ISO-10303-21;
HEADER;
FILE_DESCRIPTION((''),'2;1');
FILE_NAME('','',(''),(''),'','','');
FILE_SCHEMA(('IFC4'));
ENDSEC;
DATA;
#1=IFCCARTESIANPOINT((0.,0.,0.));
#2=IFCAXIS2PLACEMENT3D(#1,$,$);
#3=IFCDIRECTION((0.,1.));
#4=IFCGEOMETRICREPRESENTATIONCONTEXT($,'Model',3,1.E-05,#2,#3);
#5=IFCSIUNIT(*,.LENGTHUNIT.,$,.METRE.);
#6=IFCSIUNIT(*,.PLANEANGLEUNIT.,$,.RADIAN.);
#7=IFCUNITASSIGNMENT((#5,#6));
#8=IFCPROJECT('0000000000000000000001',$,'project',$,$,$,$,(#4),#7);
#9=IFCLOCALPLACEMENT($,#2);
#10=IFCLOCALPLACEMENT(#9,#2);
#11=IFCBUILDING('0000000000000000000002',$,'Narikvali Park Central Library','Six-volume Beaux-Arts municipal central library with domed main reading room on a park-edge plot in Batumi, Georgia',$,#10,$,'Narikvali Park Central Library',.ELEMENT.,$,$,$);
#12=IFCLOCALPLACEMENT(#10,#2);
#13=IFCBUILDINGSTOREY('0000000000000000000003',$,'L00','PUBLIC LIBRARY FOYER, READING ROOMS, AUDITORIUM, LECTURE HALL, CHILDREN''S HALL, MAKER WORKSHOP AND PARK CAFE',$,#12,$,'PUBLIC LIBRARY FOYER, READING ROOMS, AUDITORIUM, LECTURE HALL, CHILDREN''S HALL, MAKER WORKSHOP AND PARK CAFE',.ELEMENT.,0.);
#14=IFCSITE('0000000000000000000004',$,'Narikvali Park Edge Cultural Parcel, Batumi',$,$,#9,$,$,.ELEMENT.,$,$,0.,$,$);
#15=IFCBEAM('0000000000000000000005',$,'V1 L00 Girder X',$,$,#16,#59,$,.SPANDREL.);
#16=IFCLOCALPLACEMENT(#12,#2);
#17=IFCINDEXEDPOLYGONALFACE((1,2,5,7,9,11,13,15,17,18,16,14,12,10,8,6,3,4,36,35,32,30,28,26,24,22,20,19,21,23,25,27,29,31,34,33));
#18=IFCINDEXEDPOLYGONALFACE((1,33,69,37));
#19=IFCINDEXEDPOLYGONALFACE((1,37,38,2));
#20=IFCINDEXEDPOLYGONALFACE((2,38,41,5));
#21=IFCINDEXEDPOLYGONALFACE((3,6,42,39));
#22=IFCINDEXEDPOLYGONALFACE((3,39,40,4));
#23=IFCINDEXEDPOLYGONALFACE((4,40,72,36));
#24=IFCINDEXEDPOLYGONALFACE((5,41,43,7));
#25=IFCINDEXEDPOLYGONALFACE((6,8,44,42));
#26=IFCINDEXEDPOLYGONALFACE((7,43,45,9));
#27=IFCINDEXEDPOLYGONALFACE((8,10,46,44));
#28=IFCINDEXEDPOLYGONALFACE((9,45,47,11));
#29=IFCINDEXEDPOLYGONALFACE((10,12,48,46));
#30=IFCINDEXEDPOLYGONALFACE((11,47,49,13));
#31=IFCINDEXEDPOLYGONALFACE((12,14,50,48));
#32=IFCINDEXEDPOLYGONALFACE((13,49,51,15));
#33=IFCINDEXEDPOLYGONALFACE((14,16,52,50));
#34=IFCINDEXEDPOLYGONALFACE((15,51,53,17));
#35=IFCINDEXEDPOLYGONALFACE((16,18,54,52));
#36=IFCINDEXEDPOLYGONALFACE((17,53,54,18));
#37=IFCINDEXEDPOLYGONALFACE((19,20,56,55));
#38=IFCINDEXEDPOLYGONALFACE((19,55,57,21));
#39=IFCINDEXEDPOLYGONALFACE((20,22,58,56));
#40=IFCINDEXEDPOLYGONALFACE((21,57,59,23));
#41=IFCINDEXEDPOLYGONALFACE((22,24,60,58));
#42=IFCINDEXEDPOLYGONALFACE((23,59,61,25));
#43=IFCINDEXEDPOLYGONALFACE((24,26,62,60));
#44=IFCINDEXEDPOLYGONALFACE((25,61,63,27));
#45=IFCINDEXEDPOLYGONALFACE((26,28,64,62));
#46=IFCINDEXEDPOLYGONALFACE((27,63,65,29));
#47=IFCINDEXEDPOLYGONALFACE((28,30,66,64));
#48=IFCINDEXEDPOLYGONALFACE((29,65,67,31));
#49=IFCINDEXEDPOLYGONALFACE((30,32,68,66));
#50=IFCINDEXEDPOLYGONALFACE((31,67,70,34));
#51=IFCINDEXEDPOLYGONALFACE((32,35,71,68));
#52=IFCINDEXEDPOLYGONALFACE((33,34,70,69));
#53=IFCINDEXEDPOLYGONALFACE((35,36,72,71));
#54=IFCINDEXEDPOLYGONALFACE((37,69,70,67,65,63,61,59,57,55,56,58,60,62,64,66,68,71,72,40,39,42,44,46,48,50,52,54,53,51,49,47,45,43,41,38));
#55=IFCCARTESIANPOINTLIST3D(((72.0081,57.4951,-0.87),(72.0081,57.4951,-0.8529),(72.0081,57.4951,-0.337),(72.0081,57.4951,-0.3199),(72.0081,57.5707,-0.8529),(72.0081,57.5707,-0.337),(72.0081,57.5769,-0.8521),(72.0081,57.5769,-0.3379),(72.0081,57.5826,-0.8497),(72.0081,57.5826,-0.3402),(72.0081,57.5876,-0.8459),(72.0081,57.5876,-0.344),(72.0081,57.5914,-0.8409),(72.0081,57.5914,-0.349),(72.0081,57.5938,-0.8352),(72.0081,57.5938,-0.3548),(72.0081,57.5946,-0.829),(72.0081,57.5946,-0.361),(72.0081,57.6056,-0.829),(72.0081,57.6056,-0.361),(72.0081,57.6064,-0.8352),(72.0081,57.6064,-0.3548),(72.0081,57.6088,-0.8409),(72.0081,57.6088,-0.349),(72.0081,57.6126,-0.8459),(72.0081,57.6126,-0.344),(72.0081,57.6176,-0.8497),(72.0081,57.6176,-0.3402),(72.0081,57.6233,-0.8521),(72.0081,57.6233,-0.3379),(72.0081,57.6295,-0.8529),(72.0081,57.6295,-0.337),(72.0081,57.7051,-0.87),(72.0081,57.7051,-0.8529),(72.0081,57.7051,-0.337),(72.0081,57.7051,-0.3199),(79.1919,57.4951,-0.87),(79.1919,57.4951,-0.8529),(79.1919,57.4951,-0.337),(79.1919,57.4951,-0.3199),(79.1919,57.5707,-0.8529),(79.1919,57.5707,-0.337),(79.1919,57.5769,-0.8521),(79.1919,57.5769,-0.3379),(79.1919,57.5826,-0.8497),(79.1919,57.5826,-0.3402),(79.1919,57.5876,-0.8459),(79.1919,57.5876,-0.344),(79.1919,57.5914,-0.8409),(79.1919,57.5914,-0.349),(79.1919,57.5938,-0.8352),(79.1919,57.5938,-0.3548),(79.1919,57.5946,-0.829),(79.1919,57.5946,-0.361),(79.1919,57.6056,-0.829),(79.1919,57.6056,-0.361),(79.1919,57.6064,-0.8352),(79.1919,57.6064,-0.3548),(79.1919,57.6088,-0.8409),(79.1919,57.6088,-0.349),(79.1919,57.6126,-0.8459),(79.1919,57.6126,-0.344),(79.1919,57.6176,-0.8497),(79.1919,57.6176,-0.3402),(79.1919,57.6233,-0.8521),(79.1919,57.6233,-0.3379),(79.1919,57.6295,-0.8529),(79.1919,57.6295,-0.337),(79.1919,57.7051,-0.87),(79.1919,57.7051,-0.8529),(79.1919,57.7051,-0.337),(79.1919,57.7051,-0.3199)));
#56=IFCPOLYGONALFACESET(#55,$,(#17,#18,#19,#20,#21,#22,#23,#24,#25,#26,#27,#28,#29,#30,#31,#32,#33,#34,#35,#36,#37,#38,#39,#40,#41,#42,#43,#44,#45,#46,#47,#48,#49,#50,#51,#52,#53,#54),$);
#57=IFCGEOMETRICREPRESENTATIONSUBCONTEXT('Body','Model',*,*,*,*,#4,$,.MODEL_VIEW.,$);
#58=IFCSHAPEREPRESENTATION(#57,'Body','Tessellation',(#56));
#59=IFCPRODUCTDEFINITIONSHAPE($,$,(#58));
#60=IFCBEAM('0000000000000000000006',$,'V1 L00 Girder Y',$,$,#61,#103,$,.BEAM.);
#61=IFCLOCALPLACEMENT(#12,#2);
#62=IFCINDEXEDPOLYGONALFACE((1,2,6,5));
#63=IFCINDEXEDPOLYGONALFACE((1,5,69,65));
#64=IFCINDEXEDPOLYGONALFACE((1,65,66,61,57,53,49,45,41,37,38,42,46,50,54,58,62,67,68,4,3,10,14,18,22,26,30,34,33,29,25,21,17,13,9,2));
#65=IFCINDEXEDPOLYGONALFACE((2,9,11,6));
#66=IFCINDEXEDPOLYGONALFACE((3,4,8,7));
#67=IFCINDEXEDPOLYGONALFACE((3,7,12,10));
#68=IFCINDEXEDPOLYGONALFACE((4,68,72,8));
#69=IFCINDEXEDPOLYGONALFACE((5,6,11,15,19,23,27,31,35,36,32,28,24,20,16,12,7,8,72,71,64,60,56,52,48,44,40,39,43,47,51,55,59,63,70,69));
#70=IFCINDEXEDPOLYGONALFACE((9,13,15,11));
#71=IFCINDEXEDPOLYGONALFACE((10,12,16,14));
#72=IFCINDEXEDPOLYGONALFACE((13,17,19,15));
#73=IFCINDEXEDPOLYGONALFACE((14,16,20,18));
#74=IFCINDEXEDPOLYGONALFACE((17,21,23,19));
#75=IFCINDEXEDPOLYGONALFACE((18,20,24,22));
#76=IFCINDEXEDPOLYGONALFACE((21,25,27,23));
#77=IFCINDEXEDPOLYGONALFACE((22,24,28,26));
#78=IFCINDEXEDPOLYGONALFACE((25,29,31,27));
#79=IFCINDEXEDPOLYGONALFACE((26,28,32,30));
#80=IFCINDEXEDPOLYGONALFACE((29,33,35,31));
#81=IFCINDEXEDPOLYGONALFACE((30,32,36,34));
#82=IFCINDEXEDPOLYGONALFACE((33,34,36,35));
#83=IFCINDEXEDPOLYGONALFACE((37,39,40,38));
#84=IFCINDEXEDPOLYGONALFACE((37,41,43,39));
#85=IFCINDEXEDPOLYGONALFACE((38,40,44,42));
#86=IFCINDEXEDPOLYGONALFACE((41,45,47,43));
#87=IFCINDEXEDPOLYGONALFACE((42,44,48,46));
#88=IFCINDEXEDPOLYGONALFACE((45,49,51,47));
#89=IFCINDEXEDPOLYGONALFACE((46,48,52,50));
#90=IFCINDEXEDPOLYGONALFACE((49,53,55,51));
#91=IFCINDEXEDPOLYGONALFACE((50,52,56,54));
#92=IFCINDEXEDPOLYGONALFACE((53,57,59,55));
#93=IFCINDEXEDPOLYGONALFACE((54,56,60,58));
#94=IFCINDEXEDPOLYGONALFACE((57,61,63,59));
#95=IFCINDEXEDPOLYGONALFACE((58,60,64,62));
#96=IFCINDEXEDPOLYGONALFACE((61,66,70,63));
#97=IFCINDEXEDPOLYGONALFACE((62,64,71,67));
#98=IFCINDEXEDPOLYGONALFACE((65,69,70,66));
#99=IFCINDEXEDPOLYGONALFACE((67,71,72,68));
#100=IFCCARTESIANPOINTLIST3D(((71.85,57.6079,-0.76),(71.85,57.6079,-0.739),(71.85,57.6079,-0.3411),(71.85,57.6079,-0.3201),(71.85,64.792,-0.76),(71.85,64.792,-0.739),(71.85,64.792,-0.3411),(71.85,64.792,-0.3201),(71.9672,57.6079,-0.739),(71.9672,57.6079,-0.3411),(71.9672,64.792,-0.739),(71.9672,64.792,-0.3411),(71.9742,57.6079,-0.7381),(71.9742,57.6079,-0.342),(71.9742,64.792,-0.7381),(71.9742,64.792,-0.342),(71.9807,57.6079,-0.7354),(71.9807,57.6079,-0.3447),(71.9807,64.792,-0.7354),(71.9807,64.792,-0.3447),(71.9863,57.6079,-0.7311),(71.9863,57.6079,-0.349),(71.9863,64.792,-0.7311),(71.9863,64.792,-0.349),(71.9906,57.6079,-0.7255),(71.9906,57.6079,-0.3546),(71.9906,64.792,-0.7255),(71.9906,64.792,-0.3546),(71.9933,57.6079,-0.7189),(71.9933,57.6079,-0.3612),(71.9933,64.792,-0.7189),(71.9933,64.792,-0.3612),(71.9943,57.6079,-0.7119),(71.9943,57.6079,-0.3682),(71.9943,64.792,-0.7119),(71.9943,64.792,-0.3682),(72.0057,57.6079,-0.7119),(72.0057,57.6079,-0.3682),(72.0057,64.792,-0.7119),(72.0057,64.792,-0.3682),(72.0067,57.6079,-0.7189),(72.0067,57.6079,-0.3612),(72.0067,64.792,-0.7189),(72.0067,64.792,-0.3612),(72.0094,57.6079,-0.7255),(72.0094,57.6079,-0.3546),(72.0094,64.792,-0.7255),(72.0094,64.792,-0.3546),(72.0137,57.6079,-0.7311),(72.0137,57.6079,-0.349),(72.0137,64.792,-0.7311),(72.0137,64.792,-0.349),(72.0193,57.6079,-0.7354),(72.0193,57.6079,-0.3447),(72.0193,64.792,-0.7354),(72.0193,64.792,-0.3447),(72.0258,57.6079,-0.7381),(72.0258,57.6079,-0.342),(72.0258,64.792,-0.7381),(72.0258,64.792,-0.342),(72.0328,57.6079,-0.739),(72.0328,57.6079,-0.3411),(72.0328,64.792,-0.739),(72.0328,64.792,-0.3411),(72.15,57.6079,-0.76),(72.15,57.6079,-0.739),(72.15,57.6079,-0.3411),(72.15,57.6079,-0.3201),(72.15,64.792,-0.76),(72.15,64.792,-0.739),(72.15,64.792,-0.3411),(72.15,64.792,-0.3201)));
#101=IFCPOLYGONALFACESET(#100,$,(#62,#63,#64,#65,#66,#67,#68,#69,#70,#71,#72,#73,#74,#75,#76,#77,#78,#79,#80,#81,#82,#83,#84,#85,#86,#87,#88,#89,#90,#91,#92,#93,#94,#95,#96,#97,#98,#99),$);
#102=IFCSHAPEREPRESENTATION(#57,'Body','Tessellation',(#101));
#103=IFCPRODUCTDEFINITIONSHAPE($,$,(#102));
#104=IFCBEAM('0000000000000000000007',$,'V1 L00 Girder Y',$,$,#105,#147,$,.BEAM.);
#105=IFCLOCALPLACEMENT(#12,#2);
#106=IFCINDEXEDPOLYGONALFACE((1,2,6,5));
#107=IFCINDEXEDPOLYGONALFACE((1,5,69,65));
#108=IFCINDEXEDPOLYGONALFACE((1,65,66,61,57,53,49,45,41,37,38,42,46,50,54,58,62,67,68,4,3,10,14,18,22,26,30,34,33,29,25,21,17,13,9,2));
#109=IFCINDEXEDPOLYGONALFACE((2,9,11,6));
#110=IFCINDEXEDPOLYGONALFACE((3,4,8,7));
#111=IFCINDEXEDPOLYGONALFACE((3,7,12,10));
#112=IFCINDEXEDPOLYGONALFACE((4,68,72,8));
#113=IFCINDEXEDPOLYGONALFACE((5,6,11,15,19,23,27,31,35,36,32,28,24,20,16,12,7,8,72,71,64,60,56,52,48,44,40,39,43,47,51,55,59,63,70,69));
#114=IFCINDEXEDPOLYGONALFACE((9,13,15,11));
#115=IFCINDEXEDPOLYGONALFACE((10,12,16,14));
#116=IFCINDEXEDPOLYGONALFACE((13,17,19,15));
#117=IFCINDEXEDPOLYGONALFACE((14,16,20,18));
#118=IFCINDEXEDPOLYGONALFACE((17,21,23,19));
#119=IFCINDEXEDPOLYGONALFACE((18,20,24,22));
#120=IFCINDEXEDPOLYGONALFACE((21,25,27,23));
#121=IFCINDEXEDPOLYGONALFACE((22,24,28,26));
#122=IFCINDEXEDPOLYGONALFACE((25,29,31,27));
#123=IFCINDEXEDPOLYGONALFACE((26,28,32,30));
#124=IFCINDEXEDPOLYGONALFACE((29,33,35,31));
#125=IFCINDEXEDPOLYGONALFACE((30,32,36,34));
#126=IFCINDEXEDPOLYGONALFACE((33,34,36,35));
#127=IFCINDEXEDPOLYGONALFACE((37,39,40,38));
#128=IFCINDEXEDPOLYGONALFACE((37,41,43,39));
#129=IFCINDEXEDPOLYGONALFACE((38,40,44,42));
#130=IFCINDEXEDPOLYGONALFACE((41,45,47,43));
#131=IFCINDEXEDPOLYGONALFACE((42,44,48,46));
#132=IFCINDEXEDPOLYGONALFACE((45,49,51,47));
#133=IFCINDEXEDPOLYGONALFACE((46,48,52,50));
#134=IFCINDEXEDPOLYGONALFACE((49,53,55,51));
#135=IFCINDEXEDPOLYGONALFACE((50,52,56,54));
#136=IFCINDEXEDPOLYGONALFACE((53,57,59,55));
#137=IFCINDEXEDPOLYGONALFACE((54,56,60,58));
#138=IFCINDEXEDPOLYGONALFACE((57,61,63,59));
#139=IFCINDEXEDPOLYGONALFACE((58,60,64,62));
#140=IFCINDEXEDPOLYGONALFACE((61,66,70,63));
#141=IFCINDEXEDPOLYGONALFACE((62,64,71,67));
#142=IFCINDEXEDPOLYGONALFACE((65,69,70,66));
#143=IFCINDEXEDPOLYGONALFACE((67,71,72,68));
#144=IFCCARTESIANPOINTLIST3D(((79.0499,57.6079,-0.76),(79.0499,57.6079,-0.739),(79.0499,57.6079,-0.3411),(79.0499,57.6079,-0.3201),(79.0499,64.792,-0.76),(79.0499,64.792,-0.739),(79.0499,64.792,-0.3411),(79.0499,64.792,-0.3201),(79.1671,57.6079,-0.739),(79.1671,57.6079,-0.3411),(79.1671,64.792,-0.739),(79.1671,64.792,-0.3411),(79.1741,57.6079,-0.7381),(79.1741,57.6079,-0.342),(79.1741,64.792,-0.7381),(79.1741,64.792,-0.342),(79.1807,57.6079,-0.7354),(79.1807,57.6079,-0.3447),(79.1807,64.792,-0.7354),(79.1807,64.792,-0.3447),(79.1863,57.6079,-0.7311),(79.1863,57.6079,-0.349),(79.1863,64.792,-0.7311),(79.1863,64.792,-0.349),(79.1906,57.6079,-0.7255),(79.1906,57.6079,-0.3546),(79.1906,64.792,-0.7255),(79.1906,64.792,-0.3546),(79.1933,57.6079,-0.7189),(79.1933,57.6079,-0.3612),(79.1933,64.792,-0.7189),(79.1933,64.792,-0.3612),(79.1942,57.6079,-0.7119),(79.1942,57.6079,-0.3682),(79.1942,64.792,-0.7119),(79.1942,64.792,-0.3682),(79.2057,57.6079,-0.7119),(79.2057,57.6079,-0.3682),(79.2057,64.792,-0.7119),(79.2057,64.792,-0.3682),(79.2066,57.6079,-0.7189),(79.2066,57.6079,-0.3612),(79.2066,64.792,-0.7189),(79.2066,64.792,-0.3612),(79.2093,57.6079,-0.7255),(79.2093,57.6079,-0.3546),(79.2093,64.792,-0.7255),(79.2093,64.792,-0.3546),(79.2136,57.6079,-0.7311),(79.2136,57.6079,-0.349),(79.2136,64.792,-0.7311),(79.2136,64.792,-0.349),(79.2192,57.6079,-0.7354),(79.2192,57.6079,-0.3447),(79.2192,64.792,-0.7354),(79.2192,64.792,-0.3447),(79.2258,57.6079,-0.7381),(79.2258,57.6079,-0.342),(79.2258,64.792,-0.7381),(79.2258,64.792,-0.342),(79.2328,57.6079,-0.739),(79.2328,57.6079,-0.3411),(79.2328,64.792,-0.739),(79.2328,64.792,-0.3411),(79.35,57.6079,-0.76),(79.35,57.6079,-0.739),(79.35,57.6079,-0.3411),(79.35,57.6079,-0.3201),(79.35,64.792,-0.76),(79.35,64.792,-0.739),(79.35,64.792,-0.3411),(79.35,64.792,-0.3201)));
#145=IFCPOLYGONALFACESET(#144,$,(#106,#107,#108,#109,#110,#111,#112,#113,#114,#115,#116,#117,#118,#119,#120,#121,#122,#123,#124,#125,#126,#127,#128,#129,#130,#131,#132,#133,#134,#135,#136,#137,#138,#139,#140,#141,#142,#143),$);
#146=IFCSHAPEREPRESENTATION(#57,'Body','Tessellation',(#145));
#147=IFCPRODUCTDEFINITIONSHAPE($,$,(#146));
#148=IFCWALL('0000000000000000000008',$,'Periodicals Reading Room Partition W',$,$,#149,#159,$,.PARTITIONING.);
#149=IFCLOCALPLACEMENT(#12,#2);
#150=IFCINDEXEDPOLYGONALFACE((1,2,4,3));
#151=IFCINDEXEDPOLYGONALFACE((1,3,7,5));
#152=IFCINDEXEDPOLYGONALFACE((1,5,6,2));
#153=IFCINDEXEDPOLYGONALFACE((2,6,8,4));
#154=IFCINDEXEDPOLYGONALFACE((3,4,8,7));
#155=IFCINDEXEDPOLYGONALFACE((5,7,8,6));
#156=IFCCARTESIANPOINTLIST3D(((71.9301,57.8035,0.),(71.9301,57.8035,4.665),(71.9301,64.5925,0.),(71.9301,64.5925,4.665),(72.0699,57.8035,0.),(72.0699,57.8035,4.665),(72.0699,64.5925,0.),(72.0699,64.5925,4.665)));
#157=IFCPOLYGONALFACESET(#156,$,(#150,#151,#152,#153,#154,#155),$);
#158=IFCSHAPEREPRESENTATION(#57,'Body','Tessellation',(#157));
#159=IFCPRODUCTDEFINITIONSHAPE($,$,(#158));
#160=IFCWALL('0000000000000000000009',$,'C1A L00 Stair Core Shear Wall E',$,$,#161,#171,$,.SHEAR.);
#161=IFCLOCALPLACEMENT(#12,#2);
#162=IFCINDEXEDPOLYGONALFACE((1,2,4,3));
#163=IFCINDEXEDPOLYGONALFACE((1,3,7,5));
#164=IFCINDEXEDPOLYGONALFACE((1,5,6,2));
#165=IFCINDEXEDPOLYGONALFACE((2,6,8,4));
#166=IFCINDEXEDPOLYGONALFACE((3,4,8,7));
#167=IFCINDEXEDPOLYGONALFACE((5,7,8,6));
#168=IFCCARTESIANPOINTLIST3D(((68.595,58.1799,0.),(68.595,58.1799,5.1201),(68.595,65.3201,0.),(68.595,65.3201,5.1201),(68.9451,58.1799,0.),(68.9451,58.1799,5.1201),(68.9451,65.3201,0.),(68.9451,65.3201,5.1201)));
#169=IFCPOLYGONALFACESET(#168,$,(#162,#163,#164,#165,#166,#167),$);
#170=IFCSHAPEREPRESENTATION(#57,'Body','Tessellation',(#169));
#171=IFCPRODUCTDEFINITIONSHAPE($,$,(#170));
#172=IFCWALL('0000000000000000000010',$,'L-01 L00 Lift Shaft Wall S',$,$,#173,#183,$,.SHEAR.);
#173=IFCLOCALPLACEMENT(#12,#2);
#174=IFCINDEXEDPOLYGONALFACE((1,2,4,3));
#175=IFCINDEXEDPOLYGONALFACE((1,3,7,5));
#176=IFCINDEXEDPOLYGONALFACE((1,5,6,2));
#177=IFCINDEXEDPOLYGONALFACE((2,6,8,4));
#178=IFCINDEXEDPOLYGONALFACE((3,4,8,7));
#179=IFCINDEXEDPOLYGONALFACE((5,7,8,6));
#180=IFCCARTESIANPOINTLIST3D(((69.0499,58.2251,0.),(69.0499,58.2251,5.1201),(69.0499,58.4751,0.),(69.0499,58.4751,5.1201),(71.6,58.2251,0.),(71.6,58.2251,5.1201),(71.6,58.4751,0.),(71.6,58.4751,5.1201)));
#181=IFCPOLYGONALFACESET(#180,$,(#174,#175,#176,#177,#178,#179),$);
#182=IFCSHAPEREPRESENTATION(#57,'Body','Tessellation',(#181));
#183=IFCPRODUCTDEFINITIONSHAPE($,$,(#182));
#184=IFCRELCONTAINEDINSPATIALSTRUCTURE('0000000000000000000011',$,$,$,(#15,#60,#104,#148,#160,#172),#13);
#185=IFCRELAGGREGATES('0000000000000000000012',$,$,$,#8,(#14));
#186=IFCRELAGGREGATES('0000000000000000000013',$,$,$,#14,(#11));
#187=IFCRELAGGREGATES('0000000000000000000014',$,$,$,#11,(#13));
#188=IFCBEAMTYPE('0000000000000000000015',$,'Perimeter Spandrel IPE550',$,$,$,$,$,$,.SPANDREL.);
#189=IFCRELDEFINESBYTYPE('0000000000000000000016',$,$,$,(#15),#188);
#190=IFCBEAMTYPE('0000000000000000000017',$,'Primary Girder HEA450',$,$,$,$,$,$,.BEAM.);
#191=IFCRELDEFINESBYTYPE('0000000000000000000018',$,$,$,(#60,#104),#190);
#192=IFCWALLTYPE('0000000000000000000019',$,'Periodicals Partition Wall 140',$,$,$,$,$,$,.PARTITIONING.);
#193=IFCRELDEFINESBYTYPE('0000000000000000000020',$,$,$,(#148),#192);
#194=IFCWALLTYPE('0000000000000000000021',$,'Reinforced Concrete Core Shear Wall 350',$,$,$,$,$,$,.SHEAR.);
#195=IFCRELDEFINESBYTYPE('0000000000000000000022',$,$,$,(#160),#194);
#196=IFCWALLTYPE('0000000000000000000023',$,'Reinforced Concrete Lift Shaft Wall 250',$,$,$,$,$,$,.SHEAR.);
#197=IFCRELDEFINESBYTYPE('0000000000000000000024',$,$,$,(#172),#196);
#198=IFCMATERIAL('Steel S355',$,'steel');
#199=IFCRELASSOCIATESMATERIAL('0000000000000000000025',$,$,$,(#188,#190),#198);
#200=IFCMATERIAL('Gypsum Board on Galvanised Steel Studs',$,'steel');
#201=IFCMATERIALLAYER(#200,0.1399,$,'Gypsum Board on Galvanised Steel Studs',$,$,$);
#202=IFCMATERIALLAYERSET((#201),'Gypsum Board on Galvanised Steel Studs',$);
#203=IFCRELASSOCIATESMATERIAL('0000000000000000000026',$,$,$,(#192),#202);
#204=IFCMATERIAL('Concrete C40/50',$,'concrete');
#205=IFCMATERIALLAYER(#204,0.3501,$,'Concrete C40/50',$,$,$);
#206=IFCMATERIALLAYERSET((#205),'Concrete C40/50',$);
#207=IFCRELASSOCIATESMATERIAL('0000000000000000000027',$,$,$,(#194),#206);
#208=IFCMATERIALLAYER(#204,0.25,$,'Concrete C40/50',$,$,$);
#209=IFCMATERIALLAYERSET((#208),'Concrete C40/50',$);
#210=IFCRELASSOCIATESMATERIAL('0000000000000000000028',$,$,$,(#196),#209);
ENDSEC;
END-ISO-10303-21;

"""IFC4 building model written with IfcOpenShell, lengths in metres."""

from ifc_helpers import new_model, si_unit, direction, frame, frame_2d, origin, origin_2d, place, context, subcontext, project, spatial, rectangle, i_section, extrude, material, layer, layer_set, material_profile, profile_set, type_object, element, save


model = new_model("IFC4")

# Units and contexts
model_context = context("Model", 3, precision=1e-05, world=origin(), true_north=direction((0.0, 1.0)))
body_context = subcontext(model_context, "Body", "Model", "MODEL_VIEW")
ifc_project = project(units=[si_unit("LENGTHUNIT", "METRE"), si_unit("PLANEANGLEUNIT", "RADIAN")], contexts=[model_context])

# Site, building, storey
site_placement = place(None, origin())
site = spatial("IfcSite", under=ifc_project, at=site_placement, Name="Narikvali Park Edge Cultural Parcel, Batumi", CompositionType="ELEMENT", RefElevation=0.0)
building_placement = place(site_placement, origin())
building = spatial("IfcBuilding", under=site, at=building_placement, Name="Narikvali Park Central Library", Description="Six-volume Beaux-Arts municipal central library with domed main reading room on a park-edge plot in Batumi, Georgia", LongName="Narikvali Park Central Library", CompositionType="ELEMENT")
storey_placement = place(building_placement, origin())
storey = spatial("IfcBuildingStorey", under=building, at=storey_placement, Name="L00", Description="PUBLIC LIBRARY FOYER, READING ROOMS, AUDITORIUM, LECTURE HALL, CHILDREN'S HALL, MAKER WORKSHOP AND PARK CAFE", LongName="PUBLIC LIBRARY FOYER, READING ROOMS, AUDITORIUM, LECTURE HALL, CHILDREN'S HALL, MAKER WORKSHOP AND PARK CAFE", CompositionType="ELEMENT", Elevation=0.0)

# Shared definitions
ifc_material_1 = material(Name="Steel S355", Category="steel")

# Beams
ifc_material_profile_1 = material_profile(ifc_material_1, i_section(OverallWidth=0.21, OverallDepth=0.55, WebThickness=0.011, FlangeThickness=0.0171, FilletRadius=0.0239, at=origin_2d()), Name="IPE 550")
ifc_profile_set_1 = profile_set([ifc_material_profile_1], Name="Steel S355")
beam_type_1 = type_object("IfcBeamType", Name="Perimeter Spandrel IPE550", PredefinedType="SPANDREL", material=ifc_profile_set_1)
beam_placement = place(storey_placement, frame((72.0081, 57.6001, -0.595), z_axis=(1.0, 0.0, 0.0), x_axis=(0.0, 1.0, 0.0)))
element("IfcBeam", 1, at=beam_placement, inside=storey, type_object=beam_type_1, Name="V1 L00 Girder X", PredefinedType="SPANDREL", context=body_context, shape_type="SweptSolid", body=[
    extrude(i_section(OverallWidth=0.21, OverallDepth=0.55, WebThickness=0.011, FlangeThickness=0.0171, FilletRadius=0.0239, at=origin_2d()), origin(), (0.0, 0.0, 1.0), 7.1838),
])
ifc_material_profile_2 = material_profile(ifc_material_1, i_section(OverallWidth=0.3, OverallDepth=0.4399, WebThickness=0.0115, FlangeThickness=0.021, FilletRadius=0.0271, at=origin_2d()), Name="HEA 450")
ifc_profile_set_2 = profile_set([ifc_material_profile_2], Name="Steel S355")
beam_type_2 = type_object("IfcBeamType", Name="Primary Girder HEA450", PredefinedType="BEAM", material=ifc_profile_set_2)
for number, where, z_axis, x_axis, name in (
    (2, (72.0, 57.6079, -0.54), (0.0, 1.0, 0.0), (-1.0, 0.0, 0.0), "V1 L00 Girder Y"),
    (3, (79.2, 57.6079, -0.54), (0.0, 1.0, 0.0), (-1.0, 0.0, 0.0), "V1 L00 Girder Y"),
):
    element("IfcBeam", number, at=place(storey_placement, frame(where, z_axis=z_axis, x_axis=x_axis)), inside=storey, type_object=beam_type_2, Name=name, PredefinedType="BEAM", context=body_context, shape_type="SweptSolid", body=[
        extrude(i_section(OverallWidth=0.3, OverallDepth=0.4399, WebThickness=0.0115, FlangeThickness=0.021, FilletRadius=0.0271, at=origin_2d()), origin(), (0.0, 0.0, 1.0), 7.1841),
    ])

# Walls
ifc_material_2 = material(Name="Gypsum Board on Galvanised Steel Studs", Category="steel")
ifc_layer_1 = layer(ifc_material_2, 0.1399, Name="Gypsum Board on Galvanised Steel Studs")
ifc_layer_set_1 = layer_set([ifc_layer_1], Name="Gypsum Board on Galvanised Steel Studs")
wall_type_1 = type_object("IfcWallType", Name="Periodicals Partition Wall 140", PredefinedType="PARTITIONING", material=ifc_layer_set_1)
wall_1_placement = place(storey_placement, frame((72.0, 57.8035, 0.0), z_axis=(0.0, 0.0, 1.0), x_axis=(0.0, 1.0, 0.0)))
element("IfcWall", 4, at=wall_1_placement, inside=storey, type_object=wall_type_1, Name="Periodicals Reading Room Partition W", PredefinedType="PARTITIONING", context=body_context, shape_type="SweptSolid", body=[
    extrude(rectangle(XDim=6.7891, YDim=0.1399, at=frame_2d((3.3945, 0.0))), origin(), (0.0, 0.0, 1.0), 4.665),
])
ifc_material_3 = material(Name="Concrete C40/50", Category="concrete")
ifc_layer_2 = layer(ifc_material_3, 0.3501, Name="Concrete C40/50")
ifc_layer_set_2 = layer_set([ifc_layer_2], Name="Concrete C40/50")
wall_type_2 = type_object("IfcWallType", Name="Reinforced Concrete Core Shear Wall 350", PredefinedType="SHEAR", material=ifc_layer_set_2)
wall_2_placement = place(storey_placement, frame((68.77, 58.1799, 0.0), z_axis=(0.0, 0.0, 1.0), x_axis=(0.0, 1.0, 0.0)))
element("IfcWall", 5, at=wall_2_placement, inside=storey, type_object=wall_type_2, Name="C1A L00 Stair Core Shear Wall E", PredefinedType="SHEAR", context=body_context, shape_type="SweptSolid", body=[
    extrude(rectangle(XDim=7.1401, YDim=0.3501, at=frame_2d((3.5701, 0.0))), origin(), (0.0, 0.0, 1.0), 5.1201),
])
ifc_layer_3 = layer(ifc_material_3, 0.25, Name="Concrete C40/50")
ifc_layer_set_3 = layer_set([ifc_layer_3], Name="Concrete C40/50")
wall_type_3 = type_object("IfcWallType", Name="Reinforced Concrete Lift Shaft Wall 250", PredefinedType="SHEAR", material=ifc_layer_set_3)
wall_3_placement = place(storey_placement, frame((69.05, 58.3501, 0.0), z_axis=(0.0, 0.0, 1.0), x_axis=(1.0, 0.0, 0.0)))
element("IfcWall", 6, at=wall_3_placement, inside=storey, type_object=wall_type_3, Name="L-01 L00 Lift Shaft Wall S", PredefinedType="SHEAR", context=body_context, shape_type="SweptSolid", body=[
    extrude(rectangle(XDim=2.55, YDim=0.25, at=frame_2d((1.2749, 0.0))), origin(), (0.0, 0.0, 1.0), 5.1201),
])

save(model, "model.ifc")
